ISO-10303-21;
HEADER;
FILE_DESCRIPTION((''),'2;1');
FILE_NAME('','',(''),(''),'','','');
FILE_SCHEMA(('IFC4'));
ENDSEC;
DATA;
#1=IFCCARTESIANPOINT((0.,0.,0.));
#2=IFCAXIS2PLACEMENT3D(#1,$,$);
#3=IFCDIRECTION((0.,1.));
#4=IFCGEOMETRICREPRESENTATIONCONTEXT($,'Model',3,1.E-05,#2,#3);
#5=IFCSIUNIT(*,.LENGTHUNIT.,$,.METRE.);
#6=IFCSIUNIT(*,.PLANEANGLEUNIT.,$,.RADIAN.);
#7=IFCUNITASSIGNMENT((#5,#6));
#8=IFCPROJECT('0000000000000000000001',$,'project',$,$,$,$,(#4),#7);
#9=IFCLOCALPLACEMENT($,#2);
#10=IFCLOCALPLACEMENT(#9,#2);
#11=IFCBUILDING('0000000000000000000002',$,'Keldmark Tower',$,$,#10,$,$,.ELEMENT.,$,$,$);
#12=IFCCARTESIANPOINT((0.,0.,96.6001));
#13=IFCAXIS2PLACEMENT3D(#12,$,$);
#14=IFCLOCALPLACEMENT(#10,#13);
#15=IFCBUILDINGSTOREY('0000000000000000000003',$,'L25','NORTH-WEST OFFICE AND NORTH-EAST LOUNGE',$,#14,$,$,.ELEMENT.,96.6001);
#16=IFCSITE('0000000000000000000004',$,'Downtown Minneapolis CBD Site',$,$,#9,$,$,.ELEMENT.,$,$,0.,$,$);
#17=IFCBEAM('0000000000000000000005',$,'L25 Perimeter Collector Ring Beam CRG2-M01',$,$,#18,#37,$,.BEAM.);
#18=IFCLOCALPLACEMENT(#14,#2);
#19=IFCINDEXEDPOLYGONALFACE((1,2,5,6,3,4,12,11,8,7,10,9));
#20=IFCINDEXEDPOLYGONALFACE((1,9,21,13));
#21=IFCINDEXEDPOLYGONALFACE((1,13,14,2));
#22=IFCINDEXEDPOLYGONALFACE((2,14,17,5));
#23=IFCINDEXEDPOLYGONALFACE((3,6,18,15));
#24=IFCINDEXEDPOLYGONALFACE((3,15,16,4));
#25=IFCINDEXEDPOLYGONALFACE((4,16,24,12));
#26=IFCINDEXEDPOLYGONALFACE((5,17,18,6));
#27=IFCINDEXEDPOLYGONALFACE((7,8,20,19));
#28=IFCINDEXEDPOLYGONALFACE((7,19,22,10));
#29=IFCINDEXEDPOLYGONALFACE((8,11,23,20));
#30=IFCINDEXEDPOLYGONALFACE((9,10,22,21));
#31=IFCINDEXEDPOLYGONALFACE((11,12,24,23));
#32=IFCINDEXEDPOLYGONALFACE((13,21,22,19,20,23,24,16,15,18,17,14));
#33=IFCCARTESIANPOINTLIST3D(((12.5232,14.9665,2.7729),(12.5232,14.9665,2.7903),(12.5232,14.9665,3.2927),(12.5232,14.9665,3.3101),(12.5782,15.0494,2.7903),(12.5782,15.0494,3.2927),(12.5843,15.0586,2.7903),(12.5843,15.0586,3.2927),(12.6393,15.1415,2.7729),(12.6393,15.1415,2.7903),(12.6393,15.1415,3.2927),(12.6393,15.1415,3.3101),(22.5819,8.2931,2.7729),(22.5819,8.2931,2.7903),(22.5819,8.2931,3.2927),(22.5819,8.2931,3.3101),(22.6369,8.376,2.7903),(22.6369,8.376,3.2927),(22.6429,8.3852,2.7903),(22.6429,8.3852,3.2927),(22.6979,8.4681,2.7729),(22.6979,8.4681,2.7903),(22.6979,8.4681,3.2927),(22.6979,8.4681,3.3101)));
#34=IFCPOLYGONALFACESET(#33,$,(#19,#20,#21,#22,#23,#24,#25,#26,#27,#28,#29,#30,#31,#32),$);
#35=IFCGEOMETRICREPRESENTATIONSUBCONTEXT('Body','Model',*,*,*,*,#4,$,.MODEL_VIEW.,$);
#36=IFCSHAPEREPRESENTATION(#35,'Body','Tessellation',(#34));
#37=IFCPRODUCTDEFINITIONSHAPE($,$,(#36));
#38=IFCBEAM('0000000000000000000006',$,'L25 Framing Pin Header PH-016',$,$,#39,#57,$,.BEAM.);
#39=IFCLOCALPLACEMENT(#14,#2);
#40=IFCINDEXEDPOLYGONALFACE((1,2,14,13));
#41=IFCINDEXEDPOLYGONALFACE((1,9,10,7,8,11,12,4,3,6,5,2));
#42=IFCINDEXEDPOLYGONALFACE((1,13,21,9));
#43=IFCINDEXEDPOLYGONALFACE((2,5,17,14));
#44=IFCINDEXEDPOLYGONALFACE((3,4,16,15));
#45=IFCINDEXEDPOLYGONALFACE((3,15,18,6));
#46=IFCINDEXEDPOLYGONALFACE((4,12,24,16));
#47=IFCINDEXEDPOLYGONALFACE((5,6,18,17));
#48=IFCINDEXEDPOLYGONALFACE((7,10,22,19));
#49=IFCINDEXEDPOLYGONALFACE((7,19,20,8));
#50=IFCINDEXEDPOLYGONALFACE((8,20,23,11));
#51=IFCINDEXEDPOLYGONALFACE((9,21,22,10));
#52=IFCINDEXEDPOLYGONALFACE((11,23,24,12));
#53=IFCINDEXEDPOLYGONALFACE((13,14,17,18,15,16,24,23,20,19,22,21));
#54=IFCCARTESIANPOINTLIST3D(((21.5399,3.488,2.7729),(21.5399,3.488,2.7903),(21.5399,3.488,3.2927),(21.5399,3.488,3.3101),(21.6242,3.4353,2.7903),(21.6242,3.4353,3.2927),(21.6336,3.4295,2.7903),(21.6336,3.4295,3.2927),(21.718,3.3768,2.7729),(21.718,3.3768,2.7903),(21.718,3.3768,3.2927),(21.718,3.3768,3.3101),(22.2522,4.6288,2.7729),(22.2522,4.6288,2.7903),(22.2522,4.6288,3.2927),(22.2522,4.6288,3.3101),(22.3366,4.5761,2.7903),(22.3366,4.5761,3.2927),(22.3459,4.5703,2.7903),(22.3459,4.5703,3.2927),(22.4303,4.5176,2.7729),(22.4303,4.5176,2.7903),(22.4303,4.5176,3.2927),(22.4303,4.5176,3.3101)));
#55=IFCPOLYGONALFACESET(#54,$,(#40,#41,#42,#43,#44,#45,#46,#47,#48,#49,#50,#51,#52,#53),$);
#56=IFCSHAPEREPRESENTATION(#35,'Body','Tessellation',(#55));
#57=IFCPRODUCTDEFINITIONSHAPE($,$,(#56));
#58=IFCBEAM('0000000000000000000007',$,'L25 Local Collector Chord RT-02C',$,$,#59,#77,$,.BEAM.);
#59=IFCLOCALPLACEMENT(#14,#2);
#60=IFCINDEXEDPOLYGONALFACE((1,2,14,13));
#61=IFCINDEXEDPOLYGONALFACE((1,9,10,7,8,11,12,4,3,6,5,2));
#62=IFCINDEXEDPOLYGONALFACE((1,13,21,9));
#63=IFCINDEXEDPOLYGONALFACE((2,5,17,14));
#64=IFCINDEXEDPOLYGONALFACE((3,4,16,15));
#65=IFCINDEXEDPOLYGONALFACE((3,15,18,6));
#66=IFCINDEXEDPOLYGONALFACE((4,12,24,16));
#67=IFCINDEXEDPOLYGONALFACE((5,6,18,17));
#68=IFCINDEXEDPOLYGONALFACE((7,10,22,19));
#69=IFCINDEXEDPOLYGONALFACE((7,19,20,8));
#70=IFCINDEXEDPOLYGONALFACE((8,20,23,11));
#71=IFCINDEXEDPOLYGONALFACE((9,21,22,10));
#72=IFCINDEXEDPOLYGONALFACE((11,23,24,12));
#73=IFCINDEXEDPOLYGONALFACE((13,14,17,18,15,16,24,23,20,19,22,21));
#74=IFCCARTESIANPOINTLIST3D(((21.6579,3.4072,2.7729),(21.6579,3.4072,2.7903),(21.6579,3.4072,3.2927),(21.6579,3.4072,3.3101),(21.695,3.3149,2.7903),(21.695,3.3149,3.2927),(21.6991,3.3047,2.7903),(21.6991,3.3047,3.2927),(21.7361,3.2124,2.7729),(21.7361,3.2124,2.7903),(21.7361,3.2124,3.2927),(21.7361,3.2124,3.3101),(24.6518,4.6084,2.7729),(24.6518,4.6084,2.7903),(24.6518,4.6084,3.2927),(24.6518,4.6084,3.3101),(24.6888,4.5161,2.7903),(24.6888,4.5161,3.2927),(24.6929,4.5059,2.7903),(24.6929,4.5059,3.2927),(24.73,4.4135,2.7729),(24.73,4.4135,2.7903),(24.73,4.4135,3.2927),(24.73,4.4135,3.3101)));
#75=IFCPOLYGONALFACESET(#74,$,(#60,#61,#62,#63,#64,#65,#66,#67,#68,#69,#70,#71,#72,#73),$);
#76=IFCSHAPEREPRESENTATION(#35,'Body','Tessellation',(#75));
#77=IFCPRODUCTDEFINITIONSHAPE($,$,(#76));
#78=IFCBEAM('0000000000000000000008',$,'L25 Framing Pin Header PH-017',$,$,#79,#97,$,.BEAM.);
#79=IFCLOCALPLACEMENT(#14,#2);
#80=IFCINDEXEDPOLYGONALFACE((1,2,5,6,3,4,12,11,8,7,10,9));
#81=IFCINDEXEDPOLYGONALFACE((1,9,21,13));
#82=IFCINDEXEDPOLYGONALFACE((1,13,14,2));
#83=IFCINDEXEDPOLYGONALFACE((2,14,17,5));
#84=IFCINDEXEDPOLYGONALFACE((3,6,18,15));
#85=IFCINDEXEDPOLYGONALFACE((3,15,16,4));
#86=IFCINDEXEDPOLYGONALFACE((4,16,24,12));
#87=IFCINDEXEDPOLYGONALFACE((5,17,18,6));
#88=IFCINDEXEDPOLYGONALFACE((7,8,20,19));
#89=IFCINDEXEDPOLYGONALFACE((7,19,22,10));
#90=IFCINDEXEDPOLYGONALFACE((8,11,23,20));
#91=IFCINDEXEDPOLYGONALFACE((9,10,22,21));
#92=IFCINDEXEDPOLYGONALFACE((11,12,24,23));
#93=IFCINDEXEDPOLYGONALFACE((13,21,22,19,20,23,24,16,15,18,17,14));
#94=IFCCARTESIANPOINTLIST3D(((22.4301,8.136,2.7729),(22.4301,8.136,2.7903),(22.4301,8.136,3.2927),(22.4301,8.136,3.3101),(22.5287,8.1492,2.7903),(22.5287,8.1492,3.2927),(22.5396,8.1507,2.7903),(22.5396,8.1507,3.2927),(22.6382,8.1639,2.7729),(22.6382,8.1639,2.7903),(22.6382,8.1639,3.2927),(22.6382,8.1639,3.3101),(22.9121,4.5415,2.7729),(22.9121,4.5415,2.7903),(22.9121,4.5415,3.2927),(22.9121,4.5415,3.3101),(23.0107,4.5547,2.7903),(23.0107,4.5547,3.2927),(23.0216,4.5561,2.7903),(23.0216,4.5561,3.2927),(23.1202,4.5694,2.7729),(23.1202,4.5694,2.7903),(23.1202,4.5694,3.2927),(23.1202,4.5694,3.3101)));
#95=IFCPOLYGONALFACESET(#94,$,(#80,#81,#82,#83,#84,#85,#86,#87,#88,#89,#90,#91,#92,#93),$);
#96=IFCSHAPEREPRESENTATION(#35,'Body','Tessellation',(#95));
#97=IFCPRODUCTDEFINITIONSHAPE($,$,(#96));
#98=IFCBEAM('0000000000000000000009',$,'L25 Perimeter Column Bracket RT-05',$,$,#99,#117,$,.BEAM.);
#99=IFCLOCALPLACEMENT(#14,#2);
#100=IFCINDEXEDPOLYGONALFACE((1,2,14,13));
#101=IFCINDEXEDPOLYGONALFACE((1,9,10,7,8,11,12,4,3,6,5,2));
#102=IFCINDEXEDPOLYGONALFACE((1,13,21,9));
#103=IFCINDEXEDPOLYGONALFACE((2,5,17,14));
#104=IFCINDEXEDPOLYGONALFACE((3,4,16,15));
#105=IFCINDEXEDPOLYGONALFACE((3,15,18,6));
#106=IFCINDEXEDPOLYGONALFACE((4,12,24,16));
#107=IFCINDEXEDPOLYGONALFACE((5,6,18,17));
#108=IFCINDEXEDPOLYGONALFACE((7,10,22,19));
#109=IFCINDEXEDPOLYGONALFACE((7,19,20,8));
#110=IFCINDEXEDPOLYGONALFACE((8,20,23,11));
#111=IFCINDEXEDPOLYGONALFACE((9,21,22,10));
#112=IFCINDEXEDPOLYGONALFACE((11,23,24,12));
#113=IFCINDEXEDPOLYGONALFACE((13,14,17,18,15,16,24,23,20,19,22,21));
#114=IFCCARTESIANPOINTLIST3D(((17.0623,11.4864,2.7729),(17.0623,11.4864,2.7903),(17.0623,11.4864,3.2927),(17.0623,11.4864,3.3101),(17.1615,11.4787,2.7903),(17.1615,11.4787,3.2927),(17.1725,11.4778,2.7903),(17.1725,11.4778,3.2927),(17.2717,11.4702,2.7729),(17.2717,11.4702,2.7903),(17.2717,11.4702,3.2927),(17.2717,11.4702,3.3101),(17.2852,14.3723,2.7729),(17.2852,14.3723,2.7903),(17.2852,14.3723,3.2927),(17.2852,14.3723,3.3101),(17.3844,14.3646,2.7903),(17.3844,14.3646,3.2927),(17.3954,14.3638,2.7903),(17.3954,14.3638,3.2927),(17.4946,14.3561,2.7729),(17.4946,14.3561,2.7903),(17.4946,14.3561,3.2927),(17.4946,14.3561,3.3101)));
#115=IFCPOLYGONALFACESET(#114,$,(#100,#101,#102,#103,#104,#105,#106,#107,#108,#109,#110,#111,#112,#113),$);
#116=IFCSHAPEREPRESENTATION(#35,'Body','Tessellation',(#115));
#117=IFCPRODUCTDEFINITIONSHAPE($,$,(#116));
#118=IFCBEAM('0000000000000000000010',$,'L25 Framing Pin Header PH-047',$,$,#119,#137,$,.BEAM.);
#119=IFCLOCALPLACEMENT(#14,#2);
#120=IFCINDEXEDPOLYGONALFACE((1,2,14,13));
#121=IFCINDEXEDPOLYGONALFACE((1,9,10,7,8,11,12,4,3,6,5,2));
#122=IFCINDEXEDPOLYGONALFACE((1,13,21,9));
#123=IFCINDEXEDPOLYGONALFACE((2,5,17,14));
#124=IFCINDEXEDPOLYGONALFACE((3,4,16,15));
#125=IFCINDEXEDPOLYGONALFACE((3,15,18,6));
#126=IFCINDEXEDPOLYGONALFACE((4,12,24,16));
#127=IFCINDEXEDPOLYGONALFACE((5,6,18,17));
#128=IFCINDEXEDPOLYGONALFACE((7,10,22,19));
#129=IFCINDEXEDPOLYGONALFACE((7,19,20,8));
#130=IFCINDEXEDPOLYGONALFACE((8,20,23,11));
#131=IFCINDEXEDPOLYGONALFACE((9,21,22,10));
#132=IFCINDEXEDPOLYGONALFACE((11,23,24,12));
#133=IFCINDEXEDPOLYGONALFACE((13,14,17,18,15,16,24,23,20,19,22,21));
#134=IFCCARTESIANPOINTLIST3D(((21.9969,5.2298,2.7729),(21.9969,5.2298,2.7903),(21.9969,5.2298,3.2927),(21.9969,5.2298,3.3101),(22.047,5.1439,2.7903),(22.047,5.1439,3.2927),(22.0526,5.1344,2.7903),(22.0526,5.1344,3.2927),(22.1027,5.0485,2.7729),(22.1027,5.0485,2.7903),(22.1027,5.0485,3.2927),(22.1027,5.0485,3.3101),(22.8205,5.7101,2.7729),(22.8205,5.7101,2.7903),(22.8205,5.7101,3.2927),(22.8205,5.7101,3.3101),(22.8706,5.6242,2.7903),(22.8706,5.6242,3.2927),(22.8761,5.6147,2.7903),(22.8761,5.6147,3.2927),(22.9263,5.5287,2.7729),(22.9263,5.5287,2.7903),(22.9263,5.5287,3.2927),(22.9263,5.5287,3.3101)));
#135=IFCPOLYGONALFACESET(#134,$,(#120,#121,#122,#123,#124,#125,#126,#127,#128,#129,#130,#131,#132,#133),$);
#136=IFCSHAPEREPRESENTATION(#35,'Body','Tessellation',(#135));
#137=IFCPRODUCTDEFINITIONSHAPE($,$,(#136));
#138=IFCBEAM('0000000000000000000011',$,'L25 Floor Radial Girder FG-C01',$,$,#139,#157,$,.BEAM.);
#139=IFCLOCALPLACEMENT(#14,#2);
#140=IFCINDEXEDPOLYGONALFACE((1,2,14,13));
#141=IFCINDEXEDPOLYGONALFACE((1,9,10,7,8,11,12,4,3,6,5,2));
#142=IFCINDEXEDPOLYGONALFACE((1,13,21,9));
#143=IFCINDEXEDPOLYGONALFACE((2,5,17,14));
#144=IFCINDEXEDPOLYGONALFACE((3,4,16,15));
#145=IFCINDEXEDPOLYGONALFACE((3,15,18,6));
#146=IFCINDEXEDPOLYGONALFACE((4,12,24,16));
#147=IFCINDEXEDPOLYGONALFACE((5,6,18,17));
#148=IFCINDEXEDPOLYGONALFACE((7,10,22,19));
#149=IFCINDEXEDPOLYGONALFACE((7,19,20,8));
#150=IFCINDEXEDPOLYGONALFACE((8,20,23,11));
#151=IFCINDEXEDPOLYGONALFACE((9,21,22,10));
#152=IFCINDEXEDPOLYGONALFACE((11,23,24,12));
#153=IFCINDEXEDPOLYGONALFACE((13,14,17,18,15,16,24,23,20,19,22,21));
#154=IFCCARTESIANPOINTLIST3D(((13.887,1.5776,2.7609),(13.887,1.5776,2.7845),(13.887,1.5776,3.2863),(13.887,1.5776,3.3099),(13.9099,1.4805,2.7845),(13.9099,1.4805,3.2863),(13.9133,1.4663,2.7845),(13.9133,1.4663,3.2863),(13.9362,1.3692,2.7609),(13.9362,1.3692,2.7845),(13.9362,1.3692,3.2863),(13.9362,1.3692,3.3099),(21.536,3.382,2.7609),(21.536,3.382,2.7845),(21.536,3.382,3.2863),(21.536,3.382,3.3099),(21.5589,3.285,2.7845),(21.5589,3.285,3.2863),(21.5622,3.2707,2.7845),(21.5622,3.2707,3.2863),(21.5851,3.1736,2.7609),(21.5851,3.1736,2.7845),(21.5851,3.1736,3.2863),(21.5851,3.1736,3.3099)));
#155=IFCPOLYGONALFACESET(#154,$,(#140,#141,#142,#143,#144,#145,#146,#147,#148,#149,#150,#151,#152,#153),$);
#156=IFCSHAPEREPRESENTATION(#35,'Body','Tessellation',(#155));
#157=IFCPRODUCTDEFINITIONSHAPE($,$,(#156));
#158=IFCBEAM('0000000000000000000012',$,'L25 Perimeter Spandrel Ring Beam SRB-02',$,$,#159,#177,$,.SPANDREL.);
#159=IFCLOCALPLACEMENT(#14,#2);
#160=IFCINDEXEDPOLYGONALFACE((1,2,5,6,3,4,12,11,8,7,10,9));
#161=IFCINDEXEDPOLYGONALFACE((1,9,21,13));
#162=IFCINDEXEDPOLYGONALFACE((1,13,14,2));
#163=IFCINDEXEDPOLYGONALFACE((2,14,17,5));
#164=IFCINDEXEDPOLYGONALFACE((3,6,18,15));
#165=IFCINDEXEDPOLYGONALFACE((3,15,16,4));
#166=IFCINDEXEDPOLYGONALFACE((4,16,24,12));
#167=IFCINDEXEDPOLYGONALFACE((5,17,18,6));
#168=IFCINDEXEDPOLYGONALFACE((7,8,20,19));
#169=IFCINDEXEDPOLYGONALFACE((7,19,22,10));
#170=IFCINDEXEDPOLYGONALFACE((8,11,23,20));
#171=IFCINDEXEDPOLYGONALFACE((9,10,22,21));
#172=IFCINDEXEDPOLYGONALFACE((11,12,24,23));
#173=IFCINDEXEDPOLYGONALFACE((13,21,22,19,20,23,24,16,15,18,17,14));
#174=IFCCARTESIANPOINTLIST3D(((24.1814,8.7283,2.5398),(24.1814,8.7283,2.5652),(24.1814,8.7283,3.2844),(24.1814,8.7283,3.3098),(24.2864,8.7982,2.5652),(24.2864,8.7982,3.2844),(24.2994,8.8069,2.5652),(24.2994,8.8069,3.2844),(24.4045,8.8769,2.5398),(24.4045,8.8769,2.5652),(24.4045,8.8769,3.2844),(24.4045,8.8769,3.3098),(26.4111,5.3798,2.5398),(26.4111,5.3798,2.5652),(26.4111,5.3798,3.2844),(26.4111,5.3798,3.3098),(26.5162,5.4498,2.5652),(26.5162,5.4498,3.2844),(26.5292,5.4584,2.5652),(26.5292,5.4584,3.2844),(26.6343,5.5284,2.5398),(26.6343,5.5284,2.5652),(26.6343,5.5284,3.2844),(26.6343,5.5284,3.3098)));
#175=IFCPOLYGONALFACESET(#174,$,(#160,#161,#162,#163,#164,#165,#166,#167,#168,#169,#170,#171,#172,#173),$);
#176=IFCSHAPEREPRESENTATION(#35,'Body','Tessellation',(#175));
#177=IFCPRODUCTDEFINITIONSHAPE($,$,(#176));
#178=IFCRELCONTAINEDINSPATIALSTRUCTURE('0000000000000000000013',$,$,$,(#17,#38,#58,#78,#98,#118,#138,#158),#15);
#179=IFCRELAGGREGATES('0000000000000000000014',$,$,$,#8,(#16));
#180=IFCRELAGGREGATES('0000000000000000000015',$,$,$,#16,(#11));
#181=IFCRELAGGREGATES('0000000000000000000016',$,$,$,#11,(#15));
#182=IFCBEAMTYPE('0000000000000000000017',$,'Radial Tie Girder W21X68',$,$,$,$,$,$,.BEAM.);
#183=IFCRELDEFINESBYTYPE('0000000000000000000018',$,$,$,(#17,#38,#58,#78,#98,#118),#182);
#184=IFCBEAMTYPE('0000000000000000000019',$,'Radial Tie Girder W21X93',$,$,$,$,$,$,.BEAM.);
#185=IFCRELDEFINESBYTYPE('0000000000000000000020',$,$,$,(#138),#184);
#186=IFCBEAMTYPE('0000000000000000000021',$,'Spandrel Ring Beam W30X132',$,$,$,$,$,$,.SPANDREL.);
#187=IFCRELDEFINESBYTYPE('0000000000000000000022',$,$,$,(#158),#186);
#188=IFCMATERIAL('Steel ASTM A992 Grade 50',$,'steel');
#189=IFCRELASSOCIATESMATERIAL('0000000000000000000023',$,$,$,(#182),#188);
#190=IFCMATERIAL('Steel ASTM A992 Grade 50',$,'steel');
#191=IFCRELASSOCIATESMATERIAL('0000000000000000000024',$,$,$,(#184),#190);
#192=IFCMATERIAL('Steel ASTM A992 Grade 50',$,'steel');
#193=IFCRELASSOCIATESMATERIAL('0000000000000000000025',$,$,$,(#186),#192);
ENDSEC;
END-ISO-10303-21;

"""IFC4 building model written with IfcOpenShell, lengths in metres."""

from ifc_helpers import new_model, si_unit, direction, frame, origin, origin_2d, place, context, subcontext, project, spatial, i_section, extrude, material, material_profile, profile_set, type_object, element, save


model = new_model("IFC4")

# Units and contexts
model_context = context("Model", 3, precision=1e-05, world=origin(), true_north=direction((0.0, 1.0)))
body_context = subcontext(model_context, "Body", "Model", "MODEL_VIEW")
ifc_project = project(units=[si_unit("LENGTHUNIT", "METRE"), si_unit("PLANEANGLEUNIT", "RADIAN")], contexts=[model_context])

# Site, building, storey
site_placement = place(None, origin())
site = spatial("IfcSite", under=ifc_project, at=site_placement, Name="Downtown Minneapolis CBD Site", CompositionType="ELEMENT", RefElevation=0.0)
building_placement = place(site_placement, origin())
building = spatial("IfcBuilding", under=site, at=building_placement, Name="Keldmark Tower", CompositionType="ELEMENT")
storey_placement = place(building_placement, frame((0.0, 0.0, 96.6001)))
storey = spatial("IfcBuildingStorey", under=building, at=storey_placement, Name="L25", Description="NORTH-WEST OFFICE AND NORTH-EAST LOUNGE", CompositionType="ELEMENT", Elevation=96.6001)

# Beams
ifc_material_1 = material(Name="Steel ASTM A992 Grade 50", Category="steel")
ifc_material_profile_1 = material_profile(ifc_material_1, i_section(OverallWidth=0.21, OverallDepth=0.5371, WebThickness=0.011, FlangeThickness=0.0173, at=origin_2d()), Name="W21X68")
ifc_profile_set_1 = profile_set([ifc_material_profile_1], Name="Steel ASTM A992 Grade 50")
beam_type_1 = type_object("IfcBeamType", Name="Radial Tie Girder W21X68", PredefinedType="BEAM", material=ifc_profile_set_1)
beam_1_placement = place(storey_placement, frame((22.6399, 8.3806, 3.0415), z_axis=(-0.833287, 0.552841, 0.0), x_axis=(-0.552841, -0.833287, 0.0)))
element("IfcBeam", 1, at=beam_1_placement, inside=storey, type_object=beam_type_1, Name="L25 Perimeter Collector Ring Beam CRG2-M01", PredefinedType="BEAM", context=body_context, shape_type="SweptSolid", body=[
    extrude(i_section(OverallWidth=0.21, OverallDepth=0.5371, WebThickness=0.011, FlangeThickness=0.0173, at=origin_2d()), origin(), (0.0, 0.0, 1.0), 12.071),
])
beam_2_placement = place(storey_placement, frame((21.6289, 3.4324, 3.0415), z_axis=(0.529656, 0.848212, 0.0), x_axis=(-0.848212, 0.529656, 0.0)))
element("IfcBeam", 2, at=beam_2_placement, inside=storey, type_object=beam_type_1, Name="L25 Framing Pin Header PH-016", PredefinedType="BEAM", context=body_context, shape_type="SweptSolid", body=[
    extrude(i_section(OverallWidth=0.21, OverallDepth=0.5371, WebThickness=0.011, FlangeThickness=0.0173, at=origin_2d()), origin(), (0.0, 0.0, 1.0), 1.345),
])
beam_3_placement = place(storey_placement, frame((21.697, 3.3098, 3.0415), z_axis=(0.92809, 0.372356, 0.0), x_axis=(-0.372356, 0.92809, 0.0)))
element("IfcBeam", 3, at=beam_3_placement, inside=storey, type_object=beam_type_1, Name="L25 Local Collector Chord RT-02C", PredefinedType="BEAM", context=body_context, shape_type="SweptSolid", body=[
    extrude(i_section(OverallWidth=0.21, OverallDepth=0.5371, WebThickness=0.011, FlangeThickness=0.0173, at=origin_2d()), origin(), (0.0, 0.0, 1.0), 3.2258),
])
beam_4_placement = place(storey_placement, frame((23.0161, 4.5554, 3.0415), z_axis=(-0.132887, 0.991131, 0.0), x_axis=(-0.991131, -0.132887, 0.0)))
element("IfcBeam", 4, at=beam_4_placement, inside=storey, type_object=beam_type_1, Name="L25 Framing Pin Header PH-017", PredefinedType="BEAM", context=body_context, shape_type="SweptSolid", body=[
    extrude(i_section(OverallWidth=0.21, OverallDepth=0.5371, WebThickness=0.011, FlangeThickness=0.0173, at=origin_2d()), origin(), (0.0, 0.0, 1.0), 3.6267),
])
beam_5_placement = place(storey_placement, frame((17.167, 11.4783, 3.0415), z_axis=(0.077006, 0.997031, 0.0), x_axis=(-0.997031, 0.077006, 0.0)))
element("IfcBeam", 5, at=beam_5_placement, inside=storey, type_object=beam_type_1, Name="L25 Perimeter Column Bracket RT-05", PredefinedType="BEAM", context=body_context, shape_type="SweptSolid", body=[
    extrude(i_section(OverallWidth=0.21, OverallDepth=0.5371, WebThickness=0.011, FlangeThickness=0.0173, at=origin_2d()), origin(), (0.0, 0.0, 1.0), 2.8945),
])
beam_6_placement = place(storey_placement, frame((22.0498, 5.1392, 3.0415), z_axis=(0.863844, 0.50376, 0.0), x_axis=(-0.50376, 0.863844, 0.0)))
element("IfcBeam", 6, at=beam_6_placement, inside=storey, type_object=beam_type_1, Name="L25 Framing Pin Header PH-047", PredefinedType="BEAM", context=body_context, shape_type="SweptSolid", body=[
    extrude(i_section(OverallWidth=0.21, OverallDepth=0.5371, WebThickness=0.011, FlangeThickness=0.0173, at=origin_2d()), origin(), (0.0, 0.0, 1.0), 0.9534),
])
ifc_material_2 = material(Name="Steel ASTM A992 Grade 50", Category="steel")
ifc_material_profile_2 = material_profile(ifc_material_2, i_section(OverallWidth=0.2141, OverallDepth=0.5491, WebThickness=0.0146, FlangeThickness=0.0237, at=origin_2d()), Name="W21X93")
ifc_profile_set_2 = profile_set([ifc_material_profile_2], Name="Steel ASTM A992 Grade 50")
beam_type_2 = type_object("IfcBeamType", Name="Radial Tie Girder W21X93", PredefinedType="BEAM", material=ifc_profile_set_2)
beam_7_placement = place(storey_placement, frame((21.5605, 3.2778, 3.0354), z_axis=(-0.973284, -0.229606, 0.0), x_axis=(0.229606, -0.973284, 0.0)))
element("IfcBeam", 7, at=beam_7_placement, inside=storey, type_object=beam_type_2, Name="L25 Floor Radial Girder FG-C01", PredefinedType="BEAM", context=body_context, shape_type="SweptSolid", body=[
    extrude(i_section(OverallWidth=0.2141, OverallDepth=0.5491, WebThickness=0.0146, FlangeThickness=0.0237, at=origin_2d()), origin(), (0.0, 0.0, 1.0), 7.8589),
])
ifc_material_3 = material(Name="Steel ASTM A992 Grade 50", Category="steel")
ifc_material_profile_3 = material_profile(ifc_material_3, i_section(OverallWidth=0.2681, OverallDepth=0.77, WebThickness=0.0156, FlangeThickness=0.0254, at=origin_2d()), Name="W30X132")
ifc_profile_set_3 = profile_set([ifc_material_profile_3], Name="Steel ASTM A992 Grade 50")
beam_type_3 = type_object("IfcBeamType", Name="Spandrel Ring Beam W30X132", PredefinedType="SPANDREL", material=ifc_profile_set_3)
beam_8_placement = place(storey_placement, frame((26.5227, 5.4541, 2.9248), z_axis=(-0.554266, 0.83234, 0.0), x_axis=(-0.83234, -0.554266, 0.0)))
element("IfcBeam", 8, at=beam_8_placement, inside=storey, type_object=beam_type_3, Name="L25 Perimeter Spandrel Ring Beam SRB-02", PredefinedType="SPANDREL", context=body_context, shape_type="SweptSolid", body=[
    extrude(i_section(OverallWidth=0.2681, OverallDepth=0.77, WebThickness=0.0156, FlangeThickness=0.0254, at=origin_2d()), origin(), (0.0, 0.0, 1.0), 4.0229),
])

save(model, "model.ifc")
